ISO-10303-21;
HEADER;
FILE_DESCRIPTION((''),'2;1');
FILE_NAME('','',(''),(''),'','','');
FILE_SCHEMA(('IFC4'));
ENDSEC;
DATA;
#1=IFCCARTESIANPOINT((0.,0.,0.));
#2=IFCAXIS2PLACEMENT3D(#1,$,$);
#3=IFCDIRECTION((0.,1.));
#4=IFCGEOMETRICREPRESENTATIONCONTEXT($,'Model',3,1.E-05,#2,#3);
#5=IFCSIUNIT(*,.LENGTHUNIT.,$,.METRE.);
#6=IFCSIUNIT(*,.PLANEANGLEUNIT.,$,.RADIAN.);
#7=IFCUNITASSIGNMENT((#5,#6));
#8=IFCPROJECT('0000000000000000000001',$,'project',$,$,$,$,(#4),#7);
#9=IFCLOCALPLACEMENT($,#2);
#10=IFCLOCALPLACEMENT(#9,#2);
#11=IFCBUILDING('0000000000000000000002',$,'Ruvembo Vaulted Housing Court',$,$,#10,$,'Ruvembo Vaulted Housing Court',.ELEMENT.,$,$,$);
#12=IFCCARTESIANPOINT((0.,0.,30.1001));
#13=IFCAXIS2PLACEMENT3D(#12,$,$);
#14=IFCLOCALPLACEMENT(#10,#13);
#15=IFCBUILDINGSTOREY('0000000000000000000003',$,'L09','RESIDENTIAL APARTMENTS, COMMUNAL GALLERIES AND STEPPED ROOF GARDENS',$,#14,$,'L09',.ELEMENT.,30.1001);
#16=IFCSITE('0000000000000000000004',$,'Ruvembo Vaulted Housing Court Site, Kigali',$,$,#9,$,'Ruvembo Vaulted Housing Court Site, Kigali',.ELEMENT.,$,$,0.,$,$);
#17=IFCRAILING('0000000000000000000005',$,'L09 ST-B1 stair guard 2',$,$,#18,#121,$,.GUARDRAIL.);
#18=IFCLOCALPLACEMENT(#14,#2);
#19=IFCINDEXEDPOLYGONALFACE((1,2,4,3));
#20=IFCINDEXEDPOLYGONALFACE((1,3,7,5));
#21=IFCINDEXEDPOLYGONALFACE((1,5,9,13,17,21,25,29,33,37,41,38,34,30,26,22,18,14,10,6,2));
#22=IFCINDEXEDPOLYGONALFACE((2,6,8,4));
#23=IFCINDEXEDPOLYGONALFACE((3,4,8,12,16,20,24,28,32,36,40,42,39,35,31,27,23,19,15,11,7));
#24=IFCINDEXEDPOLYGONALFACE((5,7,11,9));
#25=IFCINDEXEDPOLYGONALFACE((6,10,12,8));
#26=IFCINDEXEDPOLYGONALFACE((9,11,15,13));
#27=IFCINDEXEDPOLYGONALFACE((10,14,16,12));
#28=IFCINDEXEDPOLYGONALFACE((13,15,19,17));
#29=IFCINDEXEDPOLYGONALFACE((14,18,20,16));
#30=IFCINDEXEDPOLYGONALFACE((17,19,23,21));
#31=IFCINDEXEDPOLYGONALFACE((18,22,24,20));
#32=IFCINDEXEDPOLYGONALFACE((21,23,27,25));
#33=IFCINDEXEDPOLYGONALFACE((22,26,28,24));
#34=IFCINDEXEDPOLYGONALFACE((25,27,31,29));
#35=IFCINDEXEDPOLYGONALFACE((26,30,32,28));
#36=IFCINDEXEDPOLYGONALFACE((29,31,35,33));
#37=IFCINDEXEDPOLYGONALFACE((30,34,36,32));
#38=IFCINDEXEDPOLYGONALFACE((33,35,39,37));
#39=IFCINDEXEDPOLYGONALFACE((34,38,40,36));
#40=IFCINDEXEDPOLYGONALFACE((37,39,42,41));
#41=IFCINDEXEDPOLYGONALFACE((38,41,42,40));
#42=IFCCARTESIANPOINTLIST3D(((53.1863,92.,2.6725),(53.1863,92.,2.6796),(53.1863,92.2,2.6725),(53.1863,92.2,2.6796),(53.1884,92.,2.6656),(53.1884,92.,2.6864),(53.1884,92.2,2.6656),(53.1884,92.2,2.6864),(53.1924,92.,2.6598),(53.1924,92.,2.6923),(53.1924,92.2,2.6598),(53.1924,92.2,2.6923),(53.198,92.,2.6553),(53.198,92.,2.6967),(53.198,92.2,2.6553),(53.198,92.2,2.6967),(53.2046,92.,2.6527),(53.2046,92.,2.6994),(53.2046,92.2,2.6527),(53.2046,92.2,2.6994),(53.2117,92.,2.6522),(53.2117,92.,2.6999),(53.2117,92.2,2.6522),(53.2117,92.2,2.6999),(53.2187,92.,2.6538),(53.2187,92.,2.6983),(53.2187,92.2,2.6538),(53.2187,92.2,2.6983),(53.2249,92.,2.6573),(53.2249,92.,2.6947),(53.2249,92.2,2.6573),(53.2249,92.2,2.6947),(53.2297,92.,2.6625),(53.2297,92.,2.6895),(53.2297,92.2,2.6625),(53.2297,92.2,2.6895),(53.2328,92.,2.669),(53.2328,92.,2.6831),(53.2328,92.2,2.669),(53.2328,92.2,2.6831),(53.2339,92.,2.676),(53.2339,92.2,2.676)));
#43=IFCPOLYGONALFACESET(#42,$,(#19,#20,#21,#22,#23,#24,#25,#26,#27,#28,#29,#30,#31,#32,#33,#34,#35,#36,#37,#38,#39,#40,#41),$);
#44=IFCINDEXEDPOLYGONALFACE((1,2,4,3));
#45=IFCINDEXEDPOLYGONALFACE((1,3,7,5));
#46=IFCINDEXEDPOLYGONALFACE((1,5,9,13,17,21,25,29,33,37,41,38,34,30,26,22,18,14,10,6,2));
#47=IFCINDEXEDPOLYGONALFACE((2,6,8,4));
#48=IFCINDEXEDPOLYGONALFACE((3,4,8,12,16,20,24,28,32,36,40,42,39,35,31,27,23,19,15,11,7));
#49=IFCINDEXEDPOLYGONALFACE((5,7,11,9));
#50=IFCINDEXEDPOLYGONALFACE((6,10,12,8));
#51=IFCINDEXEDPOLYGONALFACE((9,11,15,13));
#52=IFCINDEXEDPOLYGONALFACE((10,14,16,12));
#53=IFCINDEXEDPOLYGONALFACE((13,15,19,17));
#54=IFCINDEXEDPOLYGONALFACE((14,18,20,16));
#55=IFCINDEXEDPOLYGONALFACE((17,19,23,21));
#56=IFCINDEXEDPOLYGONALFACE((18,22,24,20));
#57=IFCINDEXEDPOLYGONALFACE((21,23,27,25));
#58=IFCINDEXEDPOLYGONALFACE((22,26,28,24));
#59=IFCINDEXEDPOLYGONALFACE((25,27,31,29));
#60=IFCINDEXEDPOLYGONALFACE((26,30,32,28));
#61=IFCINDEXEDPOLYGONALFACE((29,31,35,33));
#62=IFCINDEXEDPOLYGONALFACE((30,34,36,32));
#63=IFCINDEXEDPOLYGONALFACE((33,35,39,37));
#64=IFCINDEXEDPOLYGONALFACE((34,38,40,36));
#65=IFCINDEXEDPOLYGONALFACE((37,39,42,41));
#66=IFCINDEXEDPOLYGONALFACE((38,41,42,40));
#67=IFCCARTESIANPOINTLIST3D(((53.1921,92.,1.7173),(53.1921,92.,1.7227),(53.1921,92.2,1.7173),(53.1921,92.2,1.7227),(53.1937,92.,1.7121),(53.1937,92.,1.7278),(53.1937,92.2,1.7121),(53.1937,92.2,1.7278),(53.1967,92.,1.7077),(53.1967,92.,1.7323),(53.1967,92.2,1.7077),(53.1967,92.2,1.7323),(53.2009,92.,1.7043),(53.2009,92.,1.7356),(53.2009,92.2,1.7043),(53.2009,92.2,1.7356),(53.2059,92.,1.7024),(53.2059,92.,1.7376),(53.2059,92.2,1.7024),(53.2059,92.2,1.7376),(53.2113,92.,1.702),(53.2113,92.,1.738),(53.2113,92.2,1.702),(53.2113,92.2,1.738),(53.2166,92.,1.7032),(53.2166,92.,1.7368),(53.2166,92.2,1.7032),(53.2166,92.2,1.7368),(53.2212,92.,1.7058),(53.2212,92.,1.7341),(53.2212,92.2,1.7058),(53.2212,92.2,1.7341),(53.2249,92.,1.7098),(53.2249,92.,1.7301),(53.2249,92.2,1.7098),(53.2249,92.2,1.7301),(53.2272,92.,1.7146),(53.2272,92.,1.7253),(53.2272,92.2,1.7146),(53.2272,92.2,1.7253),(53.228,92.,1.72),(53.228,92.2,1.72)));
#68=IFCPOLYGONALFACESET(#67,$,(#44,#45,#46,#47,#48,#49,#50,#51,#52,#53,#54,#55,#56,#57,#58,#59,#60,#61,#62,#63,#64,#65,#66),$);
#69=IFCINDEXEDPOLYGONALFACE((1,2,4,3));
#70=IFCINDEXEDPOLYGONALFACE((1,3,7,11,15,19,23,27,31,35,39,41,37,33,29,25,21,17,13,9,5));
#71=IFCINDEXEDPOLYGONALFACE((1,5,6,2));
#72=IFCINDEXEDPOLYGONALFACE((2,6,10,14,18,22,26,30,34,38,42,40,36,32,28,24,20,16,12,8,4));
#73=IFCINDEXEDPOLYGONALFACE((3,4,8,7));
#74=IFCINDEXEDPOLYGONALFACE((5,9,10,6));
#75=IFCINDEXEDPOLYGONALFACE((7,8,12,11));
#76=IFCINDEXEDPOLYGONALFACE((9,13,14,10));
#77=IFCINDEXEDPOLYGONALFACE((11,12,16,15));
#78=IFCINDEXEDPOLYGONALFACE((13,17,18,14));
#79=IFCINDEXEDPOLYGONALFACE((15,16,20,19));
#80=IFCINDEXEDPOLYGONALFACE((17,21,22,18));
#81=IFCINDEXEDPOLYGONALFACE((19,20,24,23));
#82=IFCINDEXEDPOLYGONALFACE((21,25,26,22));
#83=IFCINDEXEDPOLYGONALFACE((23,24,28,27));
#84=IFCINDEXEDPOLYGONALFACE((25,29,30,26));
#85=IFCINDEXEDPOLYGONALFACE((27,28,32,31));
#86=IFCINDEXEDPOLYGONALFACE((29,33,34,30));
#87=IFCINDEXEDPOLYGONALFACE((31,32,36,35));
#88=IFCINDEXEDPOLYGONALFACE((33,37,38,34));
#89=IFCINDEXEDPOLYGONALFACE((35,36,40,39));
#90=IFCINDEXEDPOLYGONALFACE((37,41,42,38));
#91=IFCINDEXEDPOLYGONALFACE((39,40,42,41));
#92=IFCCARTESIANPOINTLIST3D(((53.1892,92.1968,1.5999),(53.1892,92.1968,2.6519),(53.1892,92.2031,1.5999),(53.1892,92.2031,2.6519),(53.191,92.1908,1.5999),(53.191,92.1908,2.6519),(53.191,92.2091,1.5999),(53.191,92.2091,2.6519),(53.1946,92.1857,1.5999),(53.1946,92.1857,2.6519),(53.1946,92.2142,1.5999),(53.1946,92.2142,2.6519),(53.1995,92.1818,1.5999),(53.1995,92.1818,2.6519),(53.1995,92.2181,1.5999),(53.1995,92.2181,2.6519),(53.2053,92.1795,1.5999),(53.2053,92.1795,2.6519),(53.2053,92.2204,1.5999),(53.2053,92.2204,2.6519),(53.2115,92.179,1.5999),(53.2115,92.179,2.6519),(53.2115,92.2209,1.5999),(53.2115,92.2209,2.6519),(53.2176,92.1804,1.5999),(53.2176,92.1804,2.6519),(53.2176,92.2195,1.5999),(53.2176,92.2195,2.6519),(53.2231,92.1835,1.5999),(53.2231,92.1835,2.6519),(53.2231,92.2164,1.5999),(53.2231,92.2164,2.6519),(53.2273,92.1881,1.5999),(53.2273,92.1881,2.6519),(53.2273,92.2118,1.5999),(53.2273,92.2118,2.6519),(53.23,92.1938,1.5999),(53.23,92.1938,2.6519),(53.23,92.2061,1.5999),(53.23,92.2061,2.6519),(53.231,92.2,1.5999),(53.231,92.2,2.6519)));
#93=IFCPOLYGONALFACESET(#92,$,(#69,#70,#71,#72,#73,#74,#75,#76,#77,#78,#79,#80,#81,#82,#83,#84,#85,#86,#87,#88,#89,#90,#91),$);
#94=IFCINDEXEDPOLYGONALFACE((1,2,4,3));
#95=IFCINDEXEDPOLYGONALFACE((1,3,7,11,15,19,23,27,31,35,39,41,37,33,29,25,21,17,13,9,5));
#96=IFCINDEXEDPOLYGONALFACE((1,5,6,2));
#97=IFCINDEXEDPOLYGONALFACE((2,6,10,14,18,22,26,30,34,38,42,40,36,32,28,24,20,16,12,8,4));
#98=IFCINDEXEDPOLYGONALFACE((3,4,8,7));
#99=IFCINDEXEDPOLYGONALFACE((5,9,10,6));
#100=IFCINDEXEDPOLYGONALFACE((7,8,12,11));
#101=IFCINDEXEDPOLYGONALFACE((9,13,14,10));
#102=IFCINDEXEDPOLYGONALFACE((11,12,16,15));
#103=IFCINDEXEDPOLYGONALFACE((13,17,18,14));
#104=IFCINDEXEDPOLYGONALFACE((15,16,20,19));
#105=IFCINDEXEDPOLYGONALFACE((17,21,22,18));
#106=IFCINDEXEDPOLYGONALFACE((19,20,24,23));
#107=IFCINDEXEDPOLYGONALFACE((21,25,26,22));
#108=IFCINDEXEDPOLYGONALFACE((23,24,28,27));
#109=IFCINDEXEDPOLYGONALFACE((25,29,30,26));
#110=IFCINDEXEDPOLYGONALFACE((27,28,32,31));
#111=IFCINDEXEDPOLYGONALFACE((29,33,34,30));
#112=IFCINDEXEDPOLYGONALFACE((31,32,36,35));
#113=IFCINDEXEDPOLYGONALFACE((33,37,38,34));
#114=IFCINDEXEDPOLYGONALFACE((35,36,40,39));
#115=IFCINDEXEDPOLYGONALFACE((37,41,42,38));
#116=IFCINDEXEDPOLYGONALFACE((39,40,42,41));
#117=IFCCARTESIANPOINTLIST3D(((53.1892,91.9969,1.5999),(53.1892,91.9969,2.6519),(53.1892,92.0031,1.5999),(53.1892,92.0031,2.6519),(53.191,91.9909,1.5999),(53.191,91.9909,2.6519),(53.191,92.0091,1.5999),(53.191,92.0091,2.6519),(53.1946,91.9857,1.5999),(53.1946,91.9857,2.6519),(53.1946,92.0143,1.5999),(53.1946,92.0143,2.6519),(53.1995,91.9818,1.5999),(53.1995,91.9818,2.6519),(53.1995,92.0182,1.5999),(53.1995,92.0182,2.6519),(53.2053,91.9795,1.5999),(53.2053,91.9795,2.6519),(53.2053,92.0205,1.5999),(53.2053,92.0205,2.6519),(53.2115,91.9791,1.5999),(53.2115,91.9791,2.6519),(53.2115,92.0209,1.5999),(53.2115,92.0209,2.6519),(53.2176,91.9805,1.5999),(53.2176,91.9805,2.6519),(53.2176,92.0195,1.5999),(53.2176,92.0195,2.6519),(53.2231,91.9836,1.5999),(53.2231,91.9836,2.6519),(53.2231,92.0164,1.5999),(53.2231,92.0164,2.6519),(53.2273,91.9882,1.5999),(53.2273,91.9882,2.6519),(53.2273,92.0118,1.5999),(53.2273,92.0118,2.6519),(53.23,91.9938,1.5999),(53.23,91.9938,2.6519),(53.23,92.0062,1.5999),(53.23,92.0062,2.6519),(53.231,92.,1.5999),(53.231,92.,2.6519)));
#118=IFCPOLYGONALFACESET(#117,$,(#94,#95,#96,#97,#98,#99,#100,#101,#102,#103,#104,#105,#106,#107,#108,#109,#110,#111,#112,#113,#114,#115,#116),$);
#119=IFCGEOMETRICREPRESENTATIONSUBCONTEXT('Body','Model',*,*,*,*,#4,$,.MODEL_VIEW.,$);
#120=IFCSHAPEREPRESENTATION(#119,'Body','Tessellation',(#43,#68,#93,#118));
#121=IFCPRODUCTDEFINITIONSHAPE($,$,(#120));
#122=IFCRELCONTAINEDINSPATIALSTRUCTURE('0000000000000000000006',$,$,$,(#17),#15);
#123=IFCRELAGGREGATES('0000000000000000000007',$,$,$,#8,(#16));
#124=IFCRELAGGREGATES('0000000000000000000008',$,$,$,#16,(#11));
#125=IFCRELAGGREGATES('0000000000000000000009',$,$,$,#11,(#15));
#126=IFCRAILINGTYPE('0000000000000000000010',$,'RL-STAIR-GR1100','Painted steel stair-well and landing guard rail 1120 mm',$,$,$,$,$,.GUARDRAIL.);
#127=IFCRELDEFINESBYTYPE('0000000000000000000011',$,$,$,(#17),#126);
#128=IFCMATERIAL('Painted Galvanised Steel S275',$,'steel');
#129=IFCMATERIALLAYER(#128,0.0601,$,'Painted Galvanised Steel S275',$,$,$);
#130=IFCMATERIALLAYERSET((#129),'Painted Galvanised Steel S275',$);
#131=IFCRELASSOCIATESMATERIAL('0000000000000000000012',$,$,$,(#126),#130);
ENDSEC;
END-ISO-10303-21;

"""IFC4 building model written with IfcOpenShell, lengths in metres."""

from ifc_helpers import new_model, si_unit, direction, frame, origin, origin_2d, place, context, subcontext, project, spatial, circle, extrude, material, layer, layer_set, type_object, element, save


model = new_model("IFC4")

# Units and contexts
model_context = context("Model", 3, precision=1e-05, world=origin(), true_north=direction((0.0, 1.0)))
body_context = subcontext(model_context, "Body", "Model", "MODEL_VIEW")
ifc_project = project(units=[si_unit("LENGTHUNIT", "METRE"), si_unit("PLANEANGLEUNIT", "RADIAN")], contexts=[model_context])

# Site, building, storey
site_placement = place(None, origin())
site = spatial("IfcSite", under=ifc_project, at=site_placement, Name="Ruvembo Vaulted Housing Court Site, Kigali", LongName="Ruvembo Vaulted Housing Court Site, Kigali", CompositionType="ELEMENT", RefElevation=0.0)
building_placement = place(site_placement, origin())
building = spatial("IfcBuilding", under=site, at=building_placement, Name="Ruvembo Vaulted Housing Court", LongName="Ruvembo Vaulted Housing Court", CompositionType="ELEMENT")
storey_placement = place(building_placement, frame((0.0, 0.0, 30.1001)))
storey = spatial("IfcBuildingStorey", under=building, at=storey_placement, Name="L09", Description="RESIDENTIAL APARTMENTS, COMMUNAL GALLERIES AND STEPPED ROOF GARDENS", LongName="L09", CompositionType="ELEMENT", Elevation=30.1001)

# Railing
ifc_material_1 = material(Name="Painted Galvanised Steel S275", Category="steel")
ifc_layer_1 = layer(ifc_material_1, 0.0601, Name="Painted Galvanised Steel S275")
ifc_layer_set_1 = layer_set([ifc_layer_1], Name="Painted Galvanised Steel S275")
railing_type_1 = type_object("IfcRailingType", Name="RL-STAIR-GR1100", Description="Painted steel stair-well and landing guard rail 1120 mm", PredefinedType="GUARDRAIL", material=ifc_layer_set_1)
railing_1_placement = place(storey_placement, frame((53.21, 92.2, 1.5999)))
element("IfcRailing", 1, at=railing_1_placement, inside=storey, type_object=railing_type_1, Name="L09 ST-B1 stair guard 2", PredefinedType="GUARDRAIL", context=body_context, shape_type="SweptSolid", body=[
    extrude(circle(Radius=0.0239, at=origin_2d()), frame((0.0, 0.0, 1.0762), z_axis=(0.0, -1.0, 0.0), x_axis=(1.0, 0.0, 0.0)), (0.0, 0.0, 1.0), 0.2),
    extrude(circle(Radius=0.0181, at=origin_2d()), frame((0.0, 0.0, 0.1201), z_axis=(0.0, -1.0, 0.0), x_axis=(1.0, 0.0, 0.0)), (0.0, 0.0, 1.0), 0.2),
    extrude(circle(Radius=0.021, at=origin_2d()), origin(), (0.0, 0.0, 1.0), 1.052),
    extrude(circle(Radius=0.021, at=origin_2d()), frame((0.0, -0.2, 0.0)), (0.0, 0.0, 1.0), 1.052),
])

save(model, "model.ifc")
